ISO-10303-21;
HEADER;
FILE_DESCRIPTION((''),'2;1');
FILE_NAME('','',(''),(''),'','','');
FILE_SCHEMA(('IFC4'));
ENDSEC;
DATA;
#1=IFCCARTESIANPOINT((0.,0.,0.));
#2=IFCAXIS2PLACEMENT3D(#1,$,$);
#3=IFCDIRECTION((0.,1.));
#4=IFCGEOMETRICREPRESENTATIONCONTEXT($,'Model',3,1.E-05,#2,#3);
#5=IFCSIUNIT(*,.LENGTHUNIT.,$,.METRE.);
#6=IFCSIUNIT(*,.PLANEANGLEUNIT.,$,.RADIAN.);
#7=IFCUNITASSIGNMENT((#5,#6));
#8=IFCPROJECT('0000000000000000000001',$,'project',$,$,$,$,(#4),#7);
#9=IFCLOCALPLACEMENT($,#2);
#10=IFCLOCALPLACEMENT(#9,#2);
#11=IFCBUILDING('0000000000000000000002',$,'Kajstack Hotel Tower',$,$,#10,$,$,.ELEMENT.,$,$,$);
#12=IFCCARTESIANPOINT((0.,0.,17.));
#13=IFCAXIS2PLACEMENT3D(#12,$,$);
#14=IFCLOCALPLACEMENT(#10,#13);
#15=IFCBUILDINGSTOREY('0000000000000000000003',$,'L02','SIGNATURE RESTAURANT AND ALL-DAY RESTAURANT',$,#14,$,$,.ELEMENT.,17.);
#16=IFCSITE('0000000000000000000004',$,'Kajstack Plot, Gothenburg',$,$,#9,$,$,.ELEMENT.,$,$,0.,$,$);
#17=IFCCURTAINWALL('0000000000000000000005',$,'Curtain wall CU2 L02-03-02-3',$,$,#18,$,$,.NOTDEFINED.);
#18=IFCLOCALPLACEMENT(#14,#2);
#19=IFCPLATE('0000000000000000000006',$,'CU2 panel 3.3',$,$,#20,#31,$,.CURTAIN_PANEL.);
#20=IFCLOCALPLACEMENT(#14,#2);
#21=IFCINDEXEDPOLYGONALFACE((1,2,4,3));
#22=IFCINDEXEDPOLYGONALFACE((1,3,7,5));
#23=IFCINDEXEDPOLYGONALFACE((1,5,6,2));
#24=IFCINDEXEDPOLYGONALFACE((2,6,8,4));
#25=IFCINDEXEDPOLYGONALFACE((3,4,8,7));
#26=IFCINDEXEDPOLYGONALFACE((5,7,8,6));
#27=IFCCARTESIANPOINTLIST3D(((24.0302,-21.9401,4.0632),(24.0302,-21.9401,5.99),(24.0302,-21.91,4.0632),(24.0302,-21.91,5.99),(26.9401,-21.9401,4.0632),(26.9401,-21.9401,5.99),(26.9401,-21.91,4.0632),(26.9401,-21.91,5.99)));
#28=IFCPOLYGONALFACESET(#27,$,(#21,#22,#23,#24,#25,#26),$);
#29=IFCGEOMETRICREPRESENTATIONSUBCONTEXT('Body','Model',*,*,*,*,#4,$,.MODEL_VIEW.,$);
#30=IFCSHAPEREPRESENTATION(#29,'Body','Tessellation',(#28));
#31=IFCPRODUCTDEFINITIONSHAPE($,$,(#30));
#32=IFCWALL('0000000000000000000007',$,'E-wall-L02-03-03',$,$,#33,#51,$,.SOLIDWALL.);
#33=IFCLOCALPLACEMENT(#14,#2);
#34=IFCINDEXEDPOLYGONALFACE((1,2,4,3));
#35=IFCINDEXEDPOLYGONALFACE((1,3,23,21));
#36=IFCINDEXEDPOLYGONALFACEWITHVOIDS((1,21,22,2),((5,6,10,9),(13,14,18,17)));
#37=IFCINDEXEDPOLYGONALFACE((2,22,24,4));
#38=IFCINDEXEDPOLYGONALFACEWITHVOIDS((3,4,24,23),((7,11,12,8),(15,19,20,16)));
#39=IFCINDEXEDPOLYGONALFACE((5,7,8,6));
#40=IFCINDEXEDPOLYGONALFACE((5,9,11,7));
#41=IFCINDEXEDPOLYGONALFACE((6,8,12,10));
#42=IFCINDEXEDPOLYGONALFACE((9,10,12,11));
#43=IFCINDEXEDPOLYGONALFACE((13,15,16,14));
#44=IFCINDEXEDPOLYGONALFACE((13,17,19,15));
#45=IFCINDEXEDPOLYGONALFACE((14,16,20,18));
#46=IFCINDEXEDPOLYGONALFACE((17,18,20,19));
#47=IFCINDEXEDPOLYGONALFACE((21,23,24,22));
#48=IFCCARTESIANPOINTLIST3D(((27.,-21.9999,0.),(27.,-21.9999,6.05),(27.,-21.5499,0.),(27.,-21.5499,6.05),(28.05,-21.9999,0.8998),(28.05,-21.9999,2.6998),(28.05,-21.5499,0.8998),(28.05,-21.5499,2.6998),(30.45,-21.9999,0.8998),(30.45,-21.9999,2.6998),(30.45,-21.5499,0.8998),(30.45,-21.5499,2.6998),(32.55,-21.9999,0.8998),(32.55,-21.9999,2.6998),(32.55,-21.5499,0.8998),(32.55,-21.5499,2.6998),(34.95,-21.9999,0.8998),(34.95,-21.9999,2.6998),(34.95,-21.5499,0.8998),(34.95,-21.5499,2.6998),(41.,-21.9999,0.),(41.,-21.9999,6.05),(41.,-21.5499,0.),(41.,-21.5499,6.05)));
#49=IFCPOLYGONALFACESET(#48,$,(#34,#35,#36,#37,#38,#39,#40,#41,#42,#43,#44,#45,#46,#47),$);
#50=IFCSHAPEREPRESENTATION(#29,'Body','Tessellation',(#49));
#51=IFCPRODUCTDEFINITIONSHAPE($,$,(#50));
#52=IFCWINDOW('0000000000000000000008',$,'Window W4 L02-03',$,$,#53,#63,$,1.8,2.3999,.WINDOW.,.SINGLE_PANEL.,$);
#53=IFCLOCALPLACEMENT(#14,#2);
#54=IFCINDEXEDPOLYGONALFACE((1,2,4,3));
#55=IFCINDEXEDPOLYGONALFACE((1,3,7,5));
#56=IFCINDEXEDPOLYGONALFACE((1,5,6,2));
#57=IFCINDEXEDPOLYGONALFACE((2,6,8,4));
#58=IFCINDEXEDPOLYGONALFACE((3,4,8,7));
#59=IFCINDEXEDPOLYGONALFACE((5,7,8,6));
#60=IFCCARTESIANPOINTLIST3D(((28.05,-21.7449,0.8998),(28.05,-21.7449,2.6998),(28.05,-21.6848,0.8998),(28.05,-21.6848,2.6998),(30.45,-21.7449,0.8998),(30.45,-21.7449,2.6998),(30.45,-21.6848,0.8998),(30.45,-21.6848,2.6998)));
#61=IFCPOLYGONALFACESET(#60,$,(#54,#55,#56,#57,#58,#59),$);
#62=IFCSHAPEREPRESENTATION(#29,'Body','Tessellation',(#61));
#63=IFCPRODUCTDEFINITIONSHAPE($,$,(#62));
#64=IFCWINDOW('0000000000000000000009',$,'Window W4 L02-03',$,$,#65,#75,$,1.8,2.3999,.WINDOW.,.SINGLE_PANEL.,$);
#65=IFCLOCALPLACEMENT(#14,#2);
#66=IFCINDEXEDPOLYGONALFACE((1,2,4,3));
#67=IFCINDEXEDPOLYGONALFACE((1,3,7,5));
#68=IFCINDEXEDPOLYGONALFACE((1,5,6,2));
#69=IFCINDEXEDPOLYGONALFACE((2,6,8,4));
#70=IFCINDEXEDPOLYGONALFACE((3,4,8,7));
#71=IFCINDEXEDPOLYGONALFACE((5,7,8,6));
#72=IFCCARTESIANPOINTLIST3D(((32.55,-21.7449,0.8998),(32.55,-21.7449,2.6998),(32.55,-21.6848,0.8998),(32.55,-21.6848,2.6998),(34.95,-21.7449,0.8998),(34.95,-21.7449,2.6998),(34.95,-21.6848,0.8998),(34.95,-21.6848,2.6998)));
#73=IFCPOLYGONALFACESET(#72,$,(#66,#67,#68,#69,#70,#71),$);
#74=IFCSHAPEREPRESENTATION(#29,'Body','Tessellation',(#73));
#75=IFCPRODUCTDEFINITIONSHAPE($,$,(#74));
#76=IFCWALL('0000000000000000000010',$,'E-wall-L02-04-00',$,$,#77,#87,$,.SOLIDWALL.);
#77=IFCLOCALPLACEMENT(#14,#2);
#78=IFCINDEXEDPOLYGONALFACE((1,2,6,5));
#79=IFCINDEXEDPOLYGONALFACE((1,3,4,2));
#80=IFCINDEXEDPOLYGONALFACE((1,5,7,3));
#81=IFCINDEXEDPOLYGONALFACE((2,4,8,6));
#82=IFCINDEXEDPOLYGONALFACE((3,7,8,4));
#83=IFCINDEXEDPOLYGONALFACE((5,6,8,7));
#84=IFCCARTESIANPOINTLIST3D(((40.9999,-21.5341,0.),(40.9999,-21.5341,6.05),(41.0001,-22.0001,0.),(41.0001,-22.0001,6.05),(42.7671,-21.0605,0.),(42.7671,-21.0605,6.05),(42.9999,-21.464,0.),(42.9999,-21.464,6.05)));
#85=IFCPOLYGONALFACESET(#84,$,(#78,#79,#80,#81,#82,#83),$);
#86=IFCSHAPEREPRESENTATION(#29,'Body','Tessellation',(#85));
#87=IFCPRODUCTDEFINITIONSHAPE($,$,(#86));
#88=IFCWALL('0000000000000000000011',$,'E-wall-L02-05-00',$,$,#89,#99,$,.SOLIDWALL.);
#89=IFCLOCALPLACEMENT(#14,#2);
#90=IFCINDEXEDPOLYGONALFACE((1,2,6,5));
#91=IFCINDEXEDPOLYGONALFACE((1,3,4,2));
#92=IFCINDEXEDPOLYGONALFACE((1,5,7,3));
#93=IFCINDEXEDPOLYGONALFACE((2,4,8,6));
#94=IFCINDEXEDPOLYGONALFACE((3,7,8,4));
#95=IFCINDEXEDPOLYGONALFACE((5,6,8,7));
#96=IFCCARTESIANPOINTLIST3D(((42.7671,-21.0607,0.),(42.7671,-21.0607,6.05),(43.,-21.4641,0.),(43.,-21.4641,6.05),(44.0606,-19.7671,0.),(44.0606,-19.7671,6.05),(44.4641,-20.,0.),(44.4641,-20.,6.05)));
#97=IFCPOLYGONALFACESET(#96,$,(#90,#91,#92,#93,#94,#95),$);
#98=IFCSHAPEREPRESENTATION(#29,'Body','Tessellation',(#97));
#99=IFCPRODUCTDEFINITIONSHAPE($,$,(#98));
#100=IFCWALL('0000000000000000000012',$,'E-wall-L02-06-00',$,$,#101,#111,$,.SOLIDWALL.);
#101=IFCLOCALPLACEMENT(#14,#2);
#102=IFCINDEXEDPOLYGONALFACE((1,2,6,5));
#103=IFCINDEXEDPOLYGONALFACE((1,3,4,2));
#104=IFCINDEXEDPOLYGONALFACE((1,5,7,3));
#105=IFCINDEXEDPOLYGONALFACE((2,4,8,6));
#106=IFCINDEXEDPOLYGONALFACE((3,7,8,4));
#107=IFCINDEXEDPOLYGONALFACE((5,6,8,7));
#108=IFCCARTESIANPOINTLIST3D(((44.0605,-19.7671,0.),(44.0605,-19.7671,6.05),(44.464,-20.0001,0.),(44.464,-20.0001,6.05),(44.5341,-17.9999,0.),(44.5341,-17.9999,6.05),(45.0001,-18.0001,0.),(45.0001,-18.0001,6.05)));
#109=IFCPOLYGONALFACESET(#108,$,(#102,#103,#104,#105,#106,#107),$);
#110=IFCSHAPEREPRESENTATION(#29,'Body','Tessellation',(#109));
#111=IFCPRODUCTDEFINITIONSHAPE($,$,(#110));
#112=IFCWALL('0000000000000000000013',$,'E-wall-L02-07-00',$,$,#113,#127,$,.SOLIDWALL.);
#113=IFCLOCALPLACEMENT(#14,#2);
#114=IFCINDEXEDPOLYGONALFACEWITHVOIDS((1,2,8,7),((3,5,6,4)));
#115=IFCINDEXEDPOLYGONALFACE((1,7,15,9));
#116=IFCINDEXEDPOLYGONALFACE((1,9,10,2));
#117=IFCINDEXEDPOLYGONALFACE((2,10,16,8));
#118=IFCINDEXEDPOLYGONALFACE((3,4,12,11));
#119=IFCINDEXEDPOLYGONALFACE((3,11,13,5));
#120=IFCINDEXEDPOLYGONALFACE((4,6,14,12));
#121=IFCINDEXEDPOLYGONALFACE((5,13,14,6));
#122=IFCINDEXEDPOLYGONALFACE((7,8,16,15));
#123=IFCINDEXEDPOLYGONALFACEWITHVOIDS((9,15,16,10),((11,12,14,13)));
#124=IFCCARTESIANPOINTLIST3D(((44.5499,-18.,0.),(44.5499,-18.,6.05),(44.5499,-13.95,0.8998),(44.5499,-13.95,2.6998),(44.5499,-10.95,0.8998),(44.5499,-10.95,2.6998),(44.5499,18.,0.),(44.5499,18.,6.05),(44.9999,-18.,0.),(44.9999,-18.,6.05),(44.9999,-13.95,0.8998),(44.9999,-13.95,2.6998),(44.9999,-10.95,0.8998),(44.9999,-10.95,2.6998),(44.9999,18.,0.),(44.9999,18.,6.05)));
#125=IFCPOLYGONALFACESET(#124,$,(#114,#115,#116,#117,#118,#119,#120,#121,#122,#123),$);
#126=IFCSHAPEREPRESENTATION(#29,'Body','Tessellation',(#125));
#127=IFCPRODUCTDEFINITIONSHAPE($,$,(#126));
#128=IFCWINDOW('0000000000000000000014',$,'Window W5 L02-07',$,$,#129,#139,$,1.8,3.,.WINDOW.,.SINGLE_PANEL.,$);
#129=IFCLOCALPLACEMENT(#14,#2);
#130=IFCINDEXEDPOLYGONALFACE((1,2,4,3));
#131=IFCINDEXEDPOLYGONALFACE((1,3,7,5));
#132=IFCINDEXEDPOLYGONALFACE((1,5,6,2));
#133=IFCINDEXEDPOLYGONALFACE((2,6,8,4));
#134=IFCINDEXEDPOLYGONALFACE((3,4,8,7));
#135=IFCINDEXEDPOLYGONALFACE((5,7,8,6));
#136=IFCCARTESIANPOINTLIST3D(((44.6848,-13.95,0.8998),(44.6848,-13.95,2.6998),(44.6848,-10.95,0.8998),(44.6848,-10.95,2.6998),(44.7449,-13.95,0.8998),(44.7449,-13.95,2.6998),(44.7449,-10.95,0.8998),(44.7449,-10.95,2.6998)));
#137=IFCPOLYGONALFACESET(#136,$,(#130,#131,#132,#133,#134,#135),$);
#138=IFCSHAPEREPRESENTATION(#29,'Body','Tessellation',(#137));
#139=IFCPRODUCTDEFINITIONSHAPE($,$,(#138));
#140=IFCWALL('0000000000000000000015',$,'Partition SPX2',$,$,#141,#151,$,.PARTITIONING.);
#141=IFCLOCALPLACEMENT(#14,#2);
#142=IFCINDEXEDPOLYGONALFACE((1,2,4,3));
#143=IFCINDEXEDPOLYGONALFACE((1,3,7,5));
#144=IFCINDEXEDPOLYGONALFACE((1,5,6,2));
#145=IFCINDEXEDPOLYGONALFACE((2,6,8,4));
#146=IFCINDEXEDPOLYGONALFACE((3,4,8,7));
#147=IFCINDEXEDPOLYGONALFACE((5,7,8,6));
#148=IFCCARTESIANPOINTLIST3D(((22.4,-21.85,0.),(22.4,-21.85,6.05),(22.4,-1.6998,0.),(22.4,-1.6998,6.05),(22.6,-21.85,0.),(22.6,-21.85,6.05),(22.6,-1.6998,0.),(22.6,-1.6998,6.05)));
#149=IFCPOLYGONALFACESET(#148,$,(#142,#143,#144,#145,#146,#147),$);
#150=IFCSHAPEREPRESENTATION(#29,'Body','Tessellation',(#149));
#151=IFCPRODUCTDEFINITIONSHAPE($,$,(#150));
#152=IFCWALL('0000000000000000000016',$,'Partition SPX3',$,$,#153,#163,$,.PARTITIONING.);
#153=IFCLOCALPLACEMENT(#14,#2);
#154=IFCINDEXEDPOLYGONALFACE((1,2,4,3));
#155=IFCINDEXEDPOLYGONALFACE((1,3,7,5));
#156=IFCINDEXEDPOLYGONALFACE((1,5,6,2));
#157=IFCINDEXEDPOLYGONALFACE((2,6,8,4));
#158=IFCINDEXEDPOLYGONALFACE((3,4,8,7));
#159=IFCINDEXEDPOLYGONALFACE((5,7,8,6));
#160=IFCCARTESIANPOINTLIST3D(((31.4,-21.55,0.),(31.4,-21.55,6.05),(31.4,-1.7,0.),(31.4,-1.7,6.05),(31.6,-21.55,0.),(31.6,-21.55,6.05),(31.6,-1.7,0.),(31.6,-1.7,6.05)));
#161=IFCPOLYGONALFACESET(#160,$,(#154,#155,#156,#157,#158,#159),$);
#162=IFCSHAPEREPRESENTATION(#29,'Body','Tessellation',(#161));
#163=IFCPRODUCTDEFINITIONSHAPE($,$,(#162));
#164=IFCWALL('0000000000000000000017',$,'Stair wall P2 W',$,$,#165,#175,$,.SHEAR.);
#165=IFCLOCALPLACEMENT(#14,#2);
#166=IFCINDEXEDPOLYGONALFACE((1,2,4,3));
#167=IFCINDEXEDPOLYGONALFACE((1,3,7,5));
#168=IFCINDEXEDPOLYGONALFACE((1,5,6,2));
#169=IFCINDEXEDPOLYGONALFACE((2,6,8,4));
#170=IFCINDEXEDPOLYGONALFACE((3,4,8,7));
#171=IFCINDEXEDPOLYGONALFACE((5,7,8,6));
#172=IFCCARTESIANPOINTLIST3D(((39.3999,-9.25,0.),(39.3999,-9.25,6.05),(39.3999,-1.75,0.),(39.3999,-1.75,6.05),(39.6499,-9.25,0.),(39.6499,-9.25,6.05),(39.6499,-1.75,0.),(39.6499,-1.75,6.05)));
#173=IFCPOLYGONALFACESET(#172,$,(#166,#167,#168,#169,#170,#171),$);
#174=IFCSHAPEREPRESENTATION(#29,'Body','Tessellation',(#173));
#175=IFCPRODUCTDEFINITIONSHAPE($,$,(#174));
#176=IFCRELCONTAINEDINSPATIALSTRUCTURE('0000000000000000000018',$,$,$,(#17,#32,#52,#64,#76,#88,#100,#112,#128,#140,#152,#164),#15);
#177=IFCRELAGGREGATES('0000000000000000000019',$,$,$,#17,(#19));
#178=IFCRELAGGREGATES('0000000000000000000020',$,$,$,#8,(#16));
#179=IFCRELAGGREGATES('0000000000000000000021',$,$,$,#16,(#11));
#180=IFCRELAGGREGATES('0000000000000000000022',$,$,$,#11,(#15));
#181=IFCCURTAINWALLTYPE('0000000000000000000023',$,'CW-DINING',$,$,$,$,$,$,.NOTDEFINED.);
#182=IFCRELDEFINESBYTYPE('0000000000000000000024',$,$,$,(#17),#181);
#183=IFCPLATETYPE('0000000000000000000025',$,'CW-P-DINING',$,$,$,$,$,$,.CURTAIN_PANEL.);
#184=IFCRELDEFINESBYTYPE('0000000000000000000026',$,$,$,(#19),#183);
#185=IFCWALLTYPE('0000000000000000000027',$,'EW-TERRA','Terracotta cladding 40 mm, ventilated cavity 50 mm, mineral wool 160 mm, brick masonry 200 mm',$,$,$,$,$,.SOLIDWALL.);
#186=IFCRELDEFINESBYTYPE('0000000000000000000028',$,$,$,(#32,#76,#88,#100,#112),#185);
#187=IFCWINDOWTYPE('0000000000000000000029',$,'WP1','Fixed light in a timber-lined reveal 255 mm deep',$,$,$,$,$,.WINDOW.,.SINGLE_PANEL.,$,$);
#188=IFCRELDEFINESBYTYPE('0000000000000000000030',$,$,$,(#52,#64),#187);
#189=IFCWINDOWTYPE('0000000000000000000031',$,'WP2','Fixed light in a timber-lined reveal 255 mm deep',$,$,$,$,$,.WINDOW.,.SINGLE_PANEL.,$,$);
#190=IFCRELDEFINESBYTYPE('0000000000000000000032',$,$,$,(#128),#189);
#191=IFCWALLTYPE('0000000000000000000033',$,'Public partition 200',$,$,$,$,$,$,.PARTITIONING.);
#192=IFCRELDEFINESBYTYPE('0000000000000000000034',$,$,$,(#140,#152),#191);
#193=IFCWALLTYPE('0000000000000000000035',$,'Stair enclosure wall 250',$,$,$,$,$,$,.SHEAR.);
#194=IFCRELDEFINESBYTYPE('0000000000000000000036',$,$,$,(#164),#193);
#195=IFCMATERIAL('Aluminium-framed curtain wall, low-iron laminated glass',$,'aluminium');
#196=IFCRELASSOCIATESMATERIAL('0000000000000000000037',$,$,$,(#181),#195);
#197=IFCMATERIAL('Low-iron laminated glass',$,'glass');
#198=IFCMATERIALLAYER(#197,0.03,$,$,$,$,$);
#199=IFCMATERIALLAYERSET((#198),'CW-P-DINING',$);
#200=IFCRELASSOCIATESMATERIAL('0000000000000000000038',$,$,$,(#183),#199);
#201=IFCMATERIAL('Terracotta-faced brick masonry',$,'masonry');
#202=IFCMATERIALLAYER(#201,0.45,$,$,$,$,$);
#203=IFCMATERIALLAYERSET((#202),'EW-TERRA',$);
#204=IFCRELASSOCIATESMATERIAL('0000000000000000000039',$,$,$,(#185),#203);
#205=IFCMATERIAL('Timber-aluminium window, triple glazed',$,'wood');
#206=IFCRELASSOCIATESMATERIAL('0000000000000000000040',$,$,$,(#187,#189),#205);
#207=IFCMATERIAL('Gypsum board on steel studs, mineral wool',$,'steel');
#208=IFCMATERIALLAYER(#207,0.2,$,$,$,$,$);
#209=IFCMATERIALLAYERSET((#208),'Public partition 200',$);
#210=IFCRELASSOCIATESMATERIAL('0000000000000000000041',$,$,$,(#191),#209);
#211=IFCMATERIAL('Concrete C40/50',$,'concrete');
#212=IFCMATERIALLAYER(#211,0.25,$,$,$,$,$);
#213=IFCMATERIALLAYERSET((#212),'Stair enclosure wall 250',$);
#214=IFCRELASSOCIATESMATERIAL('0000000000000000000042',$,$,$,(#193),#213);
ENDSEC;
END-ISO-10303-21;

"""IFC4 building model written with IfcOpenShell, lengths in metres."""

from ifc_helpers import new_model, si_unit, direction, frame, frame_2d, origin, origin_2d, place, context, subcontext, project, spatial, polyline, rectangle, outline, extrude, material, layer, layer_set, type_object, element, fill, aggregate, save


model = new_model("IFC4")

# Units and contexts
model_context = context("Model", 3, precision=1e-05, world=origin(), true_north=direction((0.0, 1.0)))
body_context = subcontext(model_context, "Body", "Model", "MODEL_VIEW")
ifc_project = project(units=[si_unit("LENGTHUNIT", "METRE"), si_unit("PLANEANGLEUNIT", "RADIAN")], contexts=[model_context])

# Site, building, storey
site_placement = place(None, origin())
site = spatial("IfcSite", under=ifc_project, at=site_placement, Name="Kajstack Plot, Gothenburg", CompositionType="ELEMENT", RefElevation=0.0)
building_placement = place(site_placement, origin())
building = spatial("IfcBuilding", under=site, at=building_placement, Name="Kajstack Hotel Tower", CompositionType="ELEMENT")
storey_placement = place(building_placement, frame((0.0, 0.0, 17.0)))
storey = spatial("IfcBuildingStorey", under=building, at=storey_placement, Name="L02", Description="SIGNATURE RESTAURANT AND ALL-DAY RESTAURANT", CompositionType="ELEMENT", Elevation=17.0)

# Curtain wall, plate
ifc_material_1 = material(Name="Aluminium-framed curtain wall, low-iron laminated glass", Category="aluminium")
curtain_wall_type = type_object("IfcCurtainWallType", Name="CW-DINING", PredefinedType="NOTDEFINED", material=ifc_material_1)
curtain_wall_placement = place(storey_placement, origin())
curtain_wall = element("IfcCurtainWall", 1, at=curtain_wall_placement, inside=storey, type_object=curtain_wall_type, Name="Curtain wall CU2 L02-03-02-3", PredefinedType="NOTDEFINED")
ifc_material_2 = material(Name="Low-iron laminated glass", Category="glass")
ifc_layer_1 = layer(ifc_material_2, 0.03)
ifc_layer_set_1 = layer_set([ifc_layer_1], Name="CW-P-DINING")
plate_type = type_object("IfcPlateType", Name="CW-P-DINING", PredefinedType="CURTAIN_PANEL", material=ifc_layer_set_1)
plate_1_placement = place(storey_placement, frame((25.4851, -21.925, 4.0632), z_axis=(0.0, 0.0, 1.0), x_axis=(1.0, 0.0, 0.0)))
plate_1 = element("IfcPlate", 2, at=plate_1_placement, type_object=plate_type, Name="CU2 panel 3.3", PredefinedType="CURTAIN_PANEL", context=body_context, shape_type="SweptSolid", body=[
    extrude(rectangle(XDim=2.9099, YDim=0.03, at=origin_2d()), origin(), (0.0, 0.0, 1.0), 1.9268),
])
aggregate(curtain_wall, [plate_1])

# Wall, openings, windows
ifc_material_3 = material(Name="Terracotta-faced brick masonry", Category="masonry")
ifc_layer_2 = layer(ifc_material_3, 0.45)
ifc_layer_set_2 = layer_set([ifc_layer_2], Name="EW-TERRA")
wall_type_1 = type_object("IfcWallType", Name="EW-TERRA", Description="Terracotta cladding 40 mm, ventilated cavity 50 mm, mineral wool 160 mm, brick masonry 200 mm", PredefinedType="SOLIDWALL", material=ifc_layer_set_2)
wall_1_placement = place(storey_placement, frame((27.0, -21.7749, 0.0), z_axis=(0.0, 0.0, 1.0), x_axis=(1.0, 0.0, 0.0)))
wall_1 = element("IfcWall", 3, at=wall_1_placement, inside=storey, type_object=wall_type_1, Name="E-wall-L02-03-03", PredefinedType="SOLIDWALL", context=body_context, shape_type="SweptSolid", body=[
    extrude(rectangle(XDim=14.0, YDim=0.45, at=frame_2d((7.0, 0.0))), origin(), (0.0, 0.0, 1.0), 6.05),
])
opening_1_placement = place(wall_1_placement, frame((1.05, 0.0, 0.8999)))
opening_1 = element("IfcOpeningElement", 4, at=opening_1_placement, cuts=wall_1, PredefinedType="OPENING", context=body_context, shape_type="SweptSolid", body=[
    extrude(rectangle(XDim=2.3999, YDim=1.8, at=frame_2d((1.2, 0.8999))), frame((0.0, 0.2349, 0.0), z_axis=(0.0, -1.0, 0.0), x_axis=(1.0, 0.0, 0.0)), (0.0, 0.0, 1.0), 0.47),
])
opening_2_placement = place(wall_1_placement, frame((5.55, 0.0, 0.8999)))
opening_2 = element("IfcOpeningElement", 5, at=opening_2_placement, cuts=wall_1, PredefinedType="OPENING", context=body_context, shape_type="SweptSolid", body=[
    extrude(rectangle(XDim=2.3999, YDim=1.8, at=frame_2d((1.2, 0.8999))), frame((0.0, 0.2349, 0.0), z_axis=(0.0, -1.0, 0.0), x_axis=(1.0, 0.0, 0.0)), (0.0, 0.0, 1.0), 0.47),
])
ifc_material_4 = material(Name="Timber-aluminium window, triple glazed", Category="wood")
window_type_1 = type_object("IfcWindowType", Name="WP1", Description="Fixed light in a timber-lined reveal 255 mm deep", PartitioningType="SINGLE_PANEL", PredefinedType="WINDOW", material=ifc_material_4)
window_1_placement = place(opening_1_placement, origin())
window_1 = element("IfcWindow", 6, at=window_1_placement, inside=storey, type_object=window_type_1, Name="Window W4 L02-03", OverallHeight=1.8, OverallWidth=2.3999, PartitioningType="SINGLE_PANEL", PredefinedType="WINDOW", context=body_context, shape_type="SweptSolid", body=[
    extrude(rectangle(XDim=2.3999, YDim=1.8, at=frame_2d((1.2, 0.8999))), frame((0.0, 0.0901, 0.0), z_axis=(0.0, -1.0, 0.0), x_axis=(1.0, 0.0, 0.0)), (0.0, 0.0, 1.0), 0.0601),
])
fill(opening_1, window_1)
window_2_placement = place(opening_2_placement, origin())
window_2 = element("IfcWindow", 7, at=window_2_placement, inside=storey, type_object=window_type_1, Name="Window W4 L02-03", OverallHeight=1.8, OverallWidth=2.3999, PartitioningType="SINGLE_PANEL", PredefinedType="WINDOW", context=body_context, shape_type="SweptSolid", body=[
    extrude(rectangle(XDim=2.3999, YDim=1.8, at=frame_2d((1.2, 0.8999))), frame((0.0, 0.0901, 0.0), z_axis=(0.0, -1.0, 0.0), x_axis=(1.0, 0.0, 0.0)), (0.0, 0.0, 1.0), 0.0601),
])
fill(opening_2, window_2)

# Walls
wall_2_placement = place(storey_placement, frame((40.9417, -21.7827, 0.0), z_axis=(0.0, 0.0, 1.0), x_axis=(0.965927, 0.258815, 0.0)))
element("IfcWall", 8, at=wall_2_placement, inside=storey, type_object=wall_type_1, Name="E-wall-L02-04-00", PredefinedType="SOLIDWALL", context=body_context, shape_type="SweptSolid", body=[
    extrude(outline(polyline([(0.0002, -0.2251), (2.0706, -0.2249), (1.9502, 0.2251), (0.1206, 0.2251), (0.0002, -0.2251)])), origin(), (0.0, 0.0, 1.0), 6.05),
])
wall_3_placement = place(storey_placement, frame((42.8408, -21.3049, 0.0), z_axis=(0.0, 0.0, 1.0), x_axis=(0.707107, 0.707107, 0.0)))
element("IfcWall", 9, at=wall_3_placement, inside=storey, type_object=wall_type_1, Name="E-wall-L02-05-00", PredefinedType="SOLIDWALL", context=body_context, shape_type="SweptSolid", body=[
    extrude(outline(polyline([(0.0, -0.2251), (2.0706, -0.2251), (1.95, 0.2249), (0.1206, 0.2249), (0.0, -0.2251)])), origin(), (0.0, 0.0, 1.0), 6.05),
])
wall_4_placement = place(storey_placement, frame((44.2468, -19.9417, 0.0), z_axis=(0.0, 0.0, 1.0), x_axis=(0.258815, 0.965927, 0.0)))
element("IfcWall", 10, at=wall_4_placement, inside=storey, type_object=wall_type_1, Name="E-wall-L02-06-00", PredefinedType="SOLIDWALL", context=body_context, shape_type="SweptSolid", body=[
    extrude(outline(polyline([(-0.0002, -0.2249), (2.0703, -0.2251), (1.95, 0.2251), (0.1204, 0.2251), (-0.0002, -0.2249)])), origin(), (0.0, 0.0, 1.0), 6.05),
])

# Wall, opening, window
wall_5_placement = place(storey_placement, frame((44.7749, -18.0, 0.0), z_axis=(0.0, 0.0, 1.0), x_axis=(0.0, 1.0, 0.0)))
wall_5 = element("IfcWall", 11, at=wall_5_placement, inside=storey, type_object=wall_type_1, Name="E-wall-L02-07-00", PredefinedType="SOLIDWALL", context=body_context, shape_type="SweptSolid", body=[
    extrude(rectangle(XDim=36.0, YDim=0.45, at=frame_2d((18.0, 0.0))), origin(), (0.0, 0.0, 1.0), 6.05),
])
opening_3_placement = place(wall_5_placement, frame((4.05, 0.0, 0.8999)))
opening_3 = element("IfcOpeningElement", 12, at=opening_3_placement, cuts=wall_5, PredefinedType="OPENING", context=body_context, shape_type="SweptSolid", body=[
    extrude(rectangle(XDim=3.0, YDim=1.8, at=frame_2d((1.5, 0.8999))), frame((0.0, 0.2349, 0.0), z_axis=(0.0, -1.0, 0.0), x_axis=(1.0, 0.0, 0.0)), (0.0, 0.0, 1.0), 0.47),
])
window_type_2 = type_object("IfcWindowType", Name="WP2", Description="Fixed light in a timber-lined reveal 255 mm deep", PartitioningType="SINGLE_PANEL", PredefinedType="WINDOW", material=ifc_material_4)
window_3_placement = place(opening_3_placement, origin())
window_3 = element("IfcWindow", 13, at=window_3_placement, inside=storey, type_object=window_type_2, Name="Window W5 L02-07", OverallHeight=1.8, OverallWidth=3.0, PartitioningType="SINGLE_PANEL", PredefinedType="WINDOW", context=body_context, shape_type="SweptSolid", body=[
    extrude(rectangle(XDim=3.0, YDim=1.8, at=frame_2d((1.5, 0.8999))), frame((0.0, 0.0901, 0.0), z_axis=(0.0, -1.0, 0.0), x_axis=(1.0, 0.0, 0.0)), (0.0, 0.0, 1.0), 0.0601),
])
fill(opening_3, window_3)

# Walls
ifc_material_5 = material(Name="Gypsum board on steel studs, mineral wool", Category="steel")
ifc_layer_3 = layer(ifc_material_5, 0.2)
ifc_layer_set_3 = layer_set([ifc_layer_3], Name="Public partition 200")
wall_type_2 = type_object("IfcWallType", Name="Public partition 200", PredefinedType="PARTITIONING", material=ifc_layer_set_3)
wall_6_placement = place(storey_placement, frame((22.5, -21.8501, 0.0), z_axis=(0.0, 0.0, 1.0), x_axis=(0.0, 1.0, 0.0)))
element("IfcWall", 14, at=wall_6_placement, inside=storey, type_object=wall_type_2, Name="Partition SPX2", PredefinedType="PARTITIONING", context=body_context, shape_type="SweptSolid", body=[
    extrude(rectangle(XDim=20.1501, YDim=0.2, at=frame_2d((10.0752, 0.0))), origin(), (0.0, 0.0, 1.0), 6.05),
])
wall_7_placement = place(storey_placement, frame((31.5, -21.55, 0.0), z_axis=(0.0, 0.0, 1.0), x_axis=(0.0, 1.0, 0.0)))
element("IfcWall", 15, at=wall_7_placement, inside=storey, type_object=wall_type_2, Name="Partition SPX3", PredefinedType="PARTITIONING", context=body_context, shape_type="SweptSolid", body=[
    extrude(rectangle(XDim=19.8501, YDim=0.2, at=frame_2d((9.925, 0.0))), origin(), (0.0, 0.0, 1.0), 6.05),
])
ifc_material_6 = material(Name="Concrete C40/50", Category="concrete")
ifc_layer_4 = layer(ifc_material_6, 0.25)
ifc_layer_set_4 = layer_set([ifc_layer_4], Name="Stair enclosure wall 250")
wall_type_3 = type_object("IfcWallType", Name="Stair enclosure wall 250", PredefinedType="SHEAR", material=ifc_layer_set_4)
for number, where, z_axis, x_axis, name in (
    (16, (39.5249, -9.25, 0.0), (0.0, 0.0, 1.0), (0.0, 1.0, 0.0), "Stair wall P2 W"),
):
    element("IfcWall", number, at=place(storey_placement, frame(where, z_axis=z_axis, x_axis=x_axis)), inside=storey, type_object=wall_type_3, Name=name, PredefinedType="SHEAR", context=body_context, shape_type="SweptSolid", body=[
        extrude(rectangle(XDim=7.5, YDim=0.25, at=frame_2d((3.75, 0.0))), origin(), (0.0, 0.0, 1.0), 6.05),
    ])

save(model, "model.ifc")
